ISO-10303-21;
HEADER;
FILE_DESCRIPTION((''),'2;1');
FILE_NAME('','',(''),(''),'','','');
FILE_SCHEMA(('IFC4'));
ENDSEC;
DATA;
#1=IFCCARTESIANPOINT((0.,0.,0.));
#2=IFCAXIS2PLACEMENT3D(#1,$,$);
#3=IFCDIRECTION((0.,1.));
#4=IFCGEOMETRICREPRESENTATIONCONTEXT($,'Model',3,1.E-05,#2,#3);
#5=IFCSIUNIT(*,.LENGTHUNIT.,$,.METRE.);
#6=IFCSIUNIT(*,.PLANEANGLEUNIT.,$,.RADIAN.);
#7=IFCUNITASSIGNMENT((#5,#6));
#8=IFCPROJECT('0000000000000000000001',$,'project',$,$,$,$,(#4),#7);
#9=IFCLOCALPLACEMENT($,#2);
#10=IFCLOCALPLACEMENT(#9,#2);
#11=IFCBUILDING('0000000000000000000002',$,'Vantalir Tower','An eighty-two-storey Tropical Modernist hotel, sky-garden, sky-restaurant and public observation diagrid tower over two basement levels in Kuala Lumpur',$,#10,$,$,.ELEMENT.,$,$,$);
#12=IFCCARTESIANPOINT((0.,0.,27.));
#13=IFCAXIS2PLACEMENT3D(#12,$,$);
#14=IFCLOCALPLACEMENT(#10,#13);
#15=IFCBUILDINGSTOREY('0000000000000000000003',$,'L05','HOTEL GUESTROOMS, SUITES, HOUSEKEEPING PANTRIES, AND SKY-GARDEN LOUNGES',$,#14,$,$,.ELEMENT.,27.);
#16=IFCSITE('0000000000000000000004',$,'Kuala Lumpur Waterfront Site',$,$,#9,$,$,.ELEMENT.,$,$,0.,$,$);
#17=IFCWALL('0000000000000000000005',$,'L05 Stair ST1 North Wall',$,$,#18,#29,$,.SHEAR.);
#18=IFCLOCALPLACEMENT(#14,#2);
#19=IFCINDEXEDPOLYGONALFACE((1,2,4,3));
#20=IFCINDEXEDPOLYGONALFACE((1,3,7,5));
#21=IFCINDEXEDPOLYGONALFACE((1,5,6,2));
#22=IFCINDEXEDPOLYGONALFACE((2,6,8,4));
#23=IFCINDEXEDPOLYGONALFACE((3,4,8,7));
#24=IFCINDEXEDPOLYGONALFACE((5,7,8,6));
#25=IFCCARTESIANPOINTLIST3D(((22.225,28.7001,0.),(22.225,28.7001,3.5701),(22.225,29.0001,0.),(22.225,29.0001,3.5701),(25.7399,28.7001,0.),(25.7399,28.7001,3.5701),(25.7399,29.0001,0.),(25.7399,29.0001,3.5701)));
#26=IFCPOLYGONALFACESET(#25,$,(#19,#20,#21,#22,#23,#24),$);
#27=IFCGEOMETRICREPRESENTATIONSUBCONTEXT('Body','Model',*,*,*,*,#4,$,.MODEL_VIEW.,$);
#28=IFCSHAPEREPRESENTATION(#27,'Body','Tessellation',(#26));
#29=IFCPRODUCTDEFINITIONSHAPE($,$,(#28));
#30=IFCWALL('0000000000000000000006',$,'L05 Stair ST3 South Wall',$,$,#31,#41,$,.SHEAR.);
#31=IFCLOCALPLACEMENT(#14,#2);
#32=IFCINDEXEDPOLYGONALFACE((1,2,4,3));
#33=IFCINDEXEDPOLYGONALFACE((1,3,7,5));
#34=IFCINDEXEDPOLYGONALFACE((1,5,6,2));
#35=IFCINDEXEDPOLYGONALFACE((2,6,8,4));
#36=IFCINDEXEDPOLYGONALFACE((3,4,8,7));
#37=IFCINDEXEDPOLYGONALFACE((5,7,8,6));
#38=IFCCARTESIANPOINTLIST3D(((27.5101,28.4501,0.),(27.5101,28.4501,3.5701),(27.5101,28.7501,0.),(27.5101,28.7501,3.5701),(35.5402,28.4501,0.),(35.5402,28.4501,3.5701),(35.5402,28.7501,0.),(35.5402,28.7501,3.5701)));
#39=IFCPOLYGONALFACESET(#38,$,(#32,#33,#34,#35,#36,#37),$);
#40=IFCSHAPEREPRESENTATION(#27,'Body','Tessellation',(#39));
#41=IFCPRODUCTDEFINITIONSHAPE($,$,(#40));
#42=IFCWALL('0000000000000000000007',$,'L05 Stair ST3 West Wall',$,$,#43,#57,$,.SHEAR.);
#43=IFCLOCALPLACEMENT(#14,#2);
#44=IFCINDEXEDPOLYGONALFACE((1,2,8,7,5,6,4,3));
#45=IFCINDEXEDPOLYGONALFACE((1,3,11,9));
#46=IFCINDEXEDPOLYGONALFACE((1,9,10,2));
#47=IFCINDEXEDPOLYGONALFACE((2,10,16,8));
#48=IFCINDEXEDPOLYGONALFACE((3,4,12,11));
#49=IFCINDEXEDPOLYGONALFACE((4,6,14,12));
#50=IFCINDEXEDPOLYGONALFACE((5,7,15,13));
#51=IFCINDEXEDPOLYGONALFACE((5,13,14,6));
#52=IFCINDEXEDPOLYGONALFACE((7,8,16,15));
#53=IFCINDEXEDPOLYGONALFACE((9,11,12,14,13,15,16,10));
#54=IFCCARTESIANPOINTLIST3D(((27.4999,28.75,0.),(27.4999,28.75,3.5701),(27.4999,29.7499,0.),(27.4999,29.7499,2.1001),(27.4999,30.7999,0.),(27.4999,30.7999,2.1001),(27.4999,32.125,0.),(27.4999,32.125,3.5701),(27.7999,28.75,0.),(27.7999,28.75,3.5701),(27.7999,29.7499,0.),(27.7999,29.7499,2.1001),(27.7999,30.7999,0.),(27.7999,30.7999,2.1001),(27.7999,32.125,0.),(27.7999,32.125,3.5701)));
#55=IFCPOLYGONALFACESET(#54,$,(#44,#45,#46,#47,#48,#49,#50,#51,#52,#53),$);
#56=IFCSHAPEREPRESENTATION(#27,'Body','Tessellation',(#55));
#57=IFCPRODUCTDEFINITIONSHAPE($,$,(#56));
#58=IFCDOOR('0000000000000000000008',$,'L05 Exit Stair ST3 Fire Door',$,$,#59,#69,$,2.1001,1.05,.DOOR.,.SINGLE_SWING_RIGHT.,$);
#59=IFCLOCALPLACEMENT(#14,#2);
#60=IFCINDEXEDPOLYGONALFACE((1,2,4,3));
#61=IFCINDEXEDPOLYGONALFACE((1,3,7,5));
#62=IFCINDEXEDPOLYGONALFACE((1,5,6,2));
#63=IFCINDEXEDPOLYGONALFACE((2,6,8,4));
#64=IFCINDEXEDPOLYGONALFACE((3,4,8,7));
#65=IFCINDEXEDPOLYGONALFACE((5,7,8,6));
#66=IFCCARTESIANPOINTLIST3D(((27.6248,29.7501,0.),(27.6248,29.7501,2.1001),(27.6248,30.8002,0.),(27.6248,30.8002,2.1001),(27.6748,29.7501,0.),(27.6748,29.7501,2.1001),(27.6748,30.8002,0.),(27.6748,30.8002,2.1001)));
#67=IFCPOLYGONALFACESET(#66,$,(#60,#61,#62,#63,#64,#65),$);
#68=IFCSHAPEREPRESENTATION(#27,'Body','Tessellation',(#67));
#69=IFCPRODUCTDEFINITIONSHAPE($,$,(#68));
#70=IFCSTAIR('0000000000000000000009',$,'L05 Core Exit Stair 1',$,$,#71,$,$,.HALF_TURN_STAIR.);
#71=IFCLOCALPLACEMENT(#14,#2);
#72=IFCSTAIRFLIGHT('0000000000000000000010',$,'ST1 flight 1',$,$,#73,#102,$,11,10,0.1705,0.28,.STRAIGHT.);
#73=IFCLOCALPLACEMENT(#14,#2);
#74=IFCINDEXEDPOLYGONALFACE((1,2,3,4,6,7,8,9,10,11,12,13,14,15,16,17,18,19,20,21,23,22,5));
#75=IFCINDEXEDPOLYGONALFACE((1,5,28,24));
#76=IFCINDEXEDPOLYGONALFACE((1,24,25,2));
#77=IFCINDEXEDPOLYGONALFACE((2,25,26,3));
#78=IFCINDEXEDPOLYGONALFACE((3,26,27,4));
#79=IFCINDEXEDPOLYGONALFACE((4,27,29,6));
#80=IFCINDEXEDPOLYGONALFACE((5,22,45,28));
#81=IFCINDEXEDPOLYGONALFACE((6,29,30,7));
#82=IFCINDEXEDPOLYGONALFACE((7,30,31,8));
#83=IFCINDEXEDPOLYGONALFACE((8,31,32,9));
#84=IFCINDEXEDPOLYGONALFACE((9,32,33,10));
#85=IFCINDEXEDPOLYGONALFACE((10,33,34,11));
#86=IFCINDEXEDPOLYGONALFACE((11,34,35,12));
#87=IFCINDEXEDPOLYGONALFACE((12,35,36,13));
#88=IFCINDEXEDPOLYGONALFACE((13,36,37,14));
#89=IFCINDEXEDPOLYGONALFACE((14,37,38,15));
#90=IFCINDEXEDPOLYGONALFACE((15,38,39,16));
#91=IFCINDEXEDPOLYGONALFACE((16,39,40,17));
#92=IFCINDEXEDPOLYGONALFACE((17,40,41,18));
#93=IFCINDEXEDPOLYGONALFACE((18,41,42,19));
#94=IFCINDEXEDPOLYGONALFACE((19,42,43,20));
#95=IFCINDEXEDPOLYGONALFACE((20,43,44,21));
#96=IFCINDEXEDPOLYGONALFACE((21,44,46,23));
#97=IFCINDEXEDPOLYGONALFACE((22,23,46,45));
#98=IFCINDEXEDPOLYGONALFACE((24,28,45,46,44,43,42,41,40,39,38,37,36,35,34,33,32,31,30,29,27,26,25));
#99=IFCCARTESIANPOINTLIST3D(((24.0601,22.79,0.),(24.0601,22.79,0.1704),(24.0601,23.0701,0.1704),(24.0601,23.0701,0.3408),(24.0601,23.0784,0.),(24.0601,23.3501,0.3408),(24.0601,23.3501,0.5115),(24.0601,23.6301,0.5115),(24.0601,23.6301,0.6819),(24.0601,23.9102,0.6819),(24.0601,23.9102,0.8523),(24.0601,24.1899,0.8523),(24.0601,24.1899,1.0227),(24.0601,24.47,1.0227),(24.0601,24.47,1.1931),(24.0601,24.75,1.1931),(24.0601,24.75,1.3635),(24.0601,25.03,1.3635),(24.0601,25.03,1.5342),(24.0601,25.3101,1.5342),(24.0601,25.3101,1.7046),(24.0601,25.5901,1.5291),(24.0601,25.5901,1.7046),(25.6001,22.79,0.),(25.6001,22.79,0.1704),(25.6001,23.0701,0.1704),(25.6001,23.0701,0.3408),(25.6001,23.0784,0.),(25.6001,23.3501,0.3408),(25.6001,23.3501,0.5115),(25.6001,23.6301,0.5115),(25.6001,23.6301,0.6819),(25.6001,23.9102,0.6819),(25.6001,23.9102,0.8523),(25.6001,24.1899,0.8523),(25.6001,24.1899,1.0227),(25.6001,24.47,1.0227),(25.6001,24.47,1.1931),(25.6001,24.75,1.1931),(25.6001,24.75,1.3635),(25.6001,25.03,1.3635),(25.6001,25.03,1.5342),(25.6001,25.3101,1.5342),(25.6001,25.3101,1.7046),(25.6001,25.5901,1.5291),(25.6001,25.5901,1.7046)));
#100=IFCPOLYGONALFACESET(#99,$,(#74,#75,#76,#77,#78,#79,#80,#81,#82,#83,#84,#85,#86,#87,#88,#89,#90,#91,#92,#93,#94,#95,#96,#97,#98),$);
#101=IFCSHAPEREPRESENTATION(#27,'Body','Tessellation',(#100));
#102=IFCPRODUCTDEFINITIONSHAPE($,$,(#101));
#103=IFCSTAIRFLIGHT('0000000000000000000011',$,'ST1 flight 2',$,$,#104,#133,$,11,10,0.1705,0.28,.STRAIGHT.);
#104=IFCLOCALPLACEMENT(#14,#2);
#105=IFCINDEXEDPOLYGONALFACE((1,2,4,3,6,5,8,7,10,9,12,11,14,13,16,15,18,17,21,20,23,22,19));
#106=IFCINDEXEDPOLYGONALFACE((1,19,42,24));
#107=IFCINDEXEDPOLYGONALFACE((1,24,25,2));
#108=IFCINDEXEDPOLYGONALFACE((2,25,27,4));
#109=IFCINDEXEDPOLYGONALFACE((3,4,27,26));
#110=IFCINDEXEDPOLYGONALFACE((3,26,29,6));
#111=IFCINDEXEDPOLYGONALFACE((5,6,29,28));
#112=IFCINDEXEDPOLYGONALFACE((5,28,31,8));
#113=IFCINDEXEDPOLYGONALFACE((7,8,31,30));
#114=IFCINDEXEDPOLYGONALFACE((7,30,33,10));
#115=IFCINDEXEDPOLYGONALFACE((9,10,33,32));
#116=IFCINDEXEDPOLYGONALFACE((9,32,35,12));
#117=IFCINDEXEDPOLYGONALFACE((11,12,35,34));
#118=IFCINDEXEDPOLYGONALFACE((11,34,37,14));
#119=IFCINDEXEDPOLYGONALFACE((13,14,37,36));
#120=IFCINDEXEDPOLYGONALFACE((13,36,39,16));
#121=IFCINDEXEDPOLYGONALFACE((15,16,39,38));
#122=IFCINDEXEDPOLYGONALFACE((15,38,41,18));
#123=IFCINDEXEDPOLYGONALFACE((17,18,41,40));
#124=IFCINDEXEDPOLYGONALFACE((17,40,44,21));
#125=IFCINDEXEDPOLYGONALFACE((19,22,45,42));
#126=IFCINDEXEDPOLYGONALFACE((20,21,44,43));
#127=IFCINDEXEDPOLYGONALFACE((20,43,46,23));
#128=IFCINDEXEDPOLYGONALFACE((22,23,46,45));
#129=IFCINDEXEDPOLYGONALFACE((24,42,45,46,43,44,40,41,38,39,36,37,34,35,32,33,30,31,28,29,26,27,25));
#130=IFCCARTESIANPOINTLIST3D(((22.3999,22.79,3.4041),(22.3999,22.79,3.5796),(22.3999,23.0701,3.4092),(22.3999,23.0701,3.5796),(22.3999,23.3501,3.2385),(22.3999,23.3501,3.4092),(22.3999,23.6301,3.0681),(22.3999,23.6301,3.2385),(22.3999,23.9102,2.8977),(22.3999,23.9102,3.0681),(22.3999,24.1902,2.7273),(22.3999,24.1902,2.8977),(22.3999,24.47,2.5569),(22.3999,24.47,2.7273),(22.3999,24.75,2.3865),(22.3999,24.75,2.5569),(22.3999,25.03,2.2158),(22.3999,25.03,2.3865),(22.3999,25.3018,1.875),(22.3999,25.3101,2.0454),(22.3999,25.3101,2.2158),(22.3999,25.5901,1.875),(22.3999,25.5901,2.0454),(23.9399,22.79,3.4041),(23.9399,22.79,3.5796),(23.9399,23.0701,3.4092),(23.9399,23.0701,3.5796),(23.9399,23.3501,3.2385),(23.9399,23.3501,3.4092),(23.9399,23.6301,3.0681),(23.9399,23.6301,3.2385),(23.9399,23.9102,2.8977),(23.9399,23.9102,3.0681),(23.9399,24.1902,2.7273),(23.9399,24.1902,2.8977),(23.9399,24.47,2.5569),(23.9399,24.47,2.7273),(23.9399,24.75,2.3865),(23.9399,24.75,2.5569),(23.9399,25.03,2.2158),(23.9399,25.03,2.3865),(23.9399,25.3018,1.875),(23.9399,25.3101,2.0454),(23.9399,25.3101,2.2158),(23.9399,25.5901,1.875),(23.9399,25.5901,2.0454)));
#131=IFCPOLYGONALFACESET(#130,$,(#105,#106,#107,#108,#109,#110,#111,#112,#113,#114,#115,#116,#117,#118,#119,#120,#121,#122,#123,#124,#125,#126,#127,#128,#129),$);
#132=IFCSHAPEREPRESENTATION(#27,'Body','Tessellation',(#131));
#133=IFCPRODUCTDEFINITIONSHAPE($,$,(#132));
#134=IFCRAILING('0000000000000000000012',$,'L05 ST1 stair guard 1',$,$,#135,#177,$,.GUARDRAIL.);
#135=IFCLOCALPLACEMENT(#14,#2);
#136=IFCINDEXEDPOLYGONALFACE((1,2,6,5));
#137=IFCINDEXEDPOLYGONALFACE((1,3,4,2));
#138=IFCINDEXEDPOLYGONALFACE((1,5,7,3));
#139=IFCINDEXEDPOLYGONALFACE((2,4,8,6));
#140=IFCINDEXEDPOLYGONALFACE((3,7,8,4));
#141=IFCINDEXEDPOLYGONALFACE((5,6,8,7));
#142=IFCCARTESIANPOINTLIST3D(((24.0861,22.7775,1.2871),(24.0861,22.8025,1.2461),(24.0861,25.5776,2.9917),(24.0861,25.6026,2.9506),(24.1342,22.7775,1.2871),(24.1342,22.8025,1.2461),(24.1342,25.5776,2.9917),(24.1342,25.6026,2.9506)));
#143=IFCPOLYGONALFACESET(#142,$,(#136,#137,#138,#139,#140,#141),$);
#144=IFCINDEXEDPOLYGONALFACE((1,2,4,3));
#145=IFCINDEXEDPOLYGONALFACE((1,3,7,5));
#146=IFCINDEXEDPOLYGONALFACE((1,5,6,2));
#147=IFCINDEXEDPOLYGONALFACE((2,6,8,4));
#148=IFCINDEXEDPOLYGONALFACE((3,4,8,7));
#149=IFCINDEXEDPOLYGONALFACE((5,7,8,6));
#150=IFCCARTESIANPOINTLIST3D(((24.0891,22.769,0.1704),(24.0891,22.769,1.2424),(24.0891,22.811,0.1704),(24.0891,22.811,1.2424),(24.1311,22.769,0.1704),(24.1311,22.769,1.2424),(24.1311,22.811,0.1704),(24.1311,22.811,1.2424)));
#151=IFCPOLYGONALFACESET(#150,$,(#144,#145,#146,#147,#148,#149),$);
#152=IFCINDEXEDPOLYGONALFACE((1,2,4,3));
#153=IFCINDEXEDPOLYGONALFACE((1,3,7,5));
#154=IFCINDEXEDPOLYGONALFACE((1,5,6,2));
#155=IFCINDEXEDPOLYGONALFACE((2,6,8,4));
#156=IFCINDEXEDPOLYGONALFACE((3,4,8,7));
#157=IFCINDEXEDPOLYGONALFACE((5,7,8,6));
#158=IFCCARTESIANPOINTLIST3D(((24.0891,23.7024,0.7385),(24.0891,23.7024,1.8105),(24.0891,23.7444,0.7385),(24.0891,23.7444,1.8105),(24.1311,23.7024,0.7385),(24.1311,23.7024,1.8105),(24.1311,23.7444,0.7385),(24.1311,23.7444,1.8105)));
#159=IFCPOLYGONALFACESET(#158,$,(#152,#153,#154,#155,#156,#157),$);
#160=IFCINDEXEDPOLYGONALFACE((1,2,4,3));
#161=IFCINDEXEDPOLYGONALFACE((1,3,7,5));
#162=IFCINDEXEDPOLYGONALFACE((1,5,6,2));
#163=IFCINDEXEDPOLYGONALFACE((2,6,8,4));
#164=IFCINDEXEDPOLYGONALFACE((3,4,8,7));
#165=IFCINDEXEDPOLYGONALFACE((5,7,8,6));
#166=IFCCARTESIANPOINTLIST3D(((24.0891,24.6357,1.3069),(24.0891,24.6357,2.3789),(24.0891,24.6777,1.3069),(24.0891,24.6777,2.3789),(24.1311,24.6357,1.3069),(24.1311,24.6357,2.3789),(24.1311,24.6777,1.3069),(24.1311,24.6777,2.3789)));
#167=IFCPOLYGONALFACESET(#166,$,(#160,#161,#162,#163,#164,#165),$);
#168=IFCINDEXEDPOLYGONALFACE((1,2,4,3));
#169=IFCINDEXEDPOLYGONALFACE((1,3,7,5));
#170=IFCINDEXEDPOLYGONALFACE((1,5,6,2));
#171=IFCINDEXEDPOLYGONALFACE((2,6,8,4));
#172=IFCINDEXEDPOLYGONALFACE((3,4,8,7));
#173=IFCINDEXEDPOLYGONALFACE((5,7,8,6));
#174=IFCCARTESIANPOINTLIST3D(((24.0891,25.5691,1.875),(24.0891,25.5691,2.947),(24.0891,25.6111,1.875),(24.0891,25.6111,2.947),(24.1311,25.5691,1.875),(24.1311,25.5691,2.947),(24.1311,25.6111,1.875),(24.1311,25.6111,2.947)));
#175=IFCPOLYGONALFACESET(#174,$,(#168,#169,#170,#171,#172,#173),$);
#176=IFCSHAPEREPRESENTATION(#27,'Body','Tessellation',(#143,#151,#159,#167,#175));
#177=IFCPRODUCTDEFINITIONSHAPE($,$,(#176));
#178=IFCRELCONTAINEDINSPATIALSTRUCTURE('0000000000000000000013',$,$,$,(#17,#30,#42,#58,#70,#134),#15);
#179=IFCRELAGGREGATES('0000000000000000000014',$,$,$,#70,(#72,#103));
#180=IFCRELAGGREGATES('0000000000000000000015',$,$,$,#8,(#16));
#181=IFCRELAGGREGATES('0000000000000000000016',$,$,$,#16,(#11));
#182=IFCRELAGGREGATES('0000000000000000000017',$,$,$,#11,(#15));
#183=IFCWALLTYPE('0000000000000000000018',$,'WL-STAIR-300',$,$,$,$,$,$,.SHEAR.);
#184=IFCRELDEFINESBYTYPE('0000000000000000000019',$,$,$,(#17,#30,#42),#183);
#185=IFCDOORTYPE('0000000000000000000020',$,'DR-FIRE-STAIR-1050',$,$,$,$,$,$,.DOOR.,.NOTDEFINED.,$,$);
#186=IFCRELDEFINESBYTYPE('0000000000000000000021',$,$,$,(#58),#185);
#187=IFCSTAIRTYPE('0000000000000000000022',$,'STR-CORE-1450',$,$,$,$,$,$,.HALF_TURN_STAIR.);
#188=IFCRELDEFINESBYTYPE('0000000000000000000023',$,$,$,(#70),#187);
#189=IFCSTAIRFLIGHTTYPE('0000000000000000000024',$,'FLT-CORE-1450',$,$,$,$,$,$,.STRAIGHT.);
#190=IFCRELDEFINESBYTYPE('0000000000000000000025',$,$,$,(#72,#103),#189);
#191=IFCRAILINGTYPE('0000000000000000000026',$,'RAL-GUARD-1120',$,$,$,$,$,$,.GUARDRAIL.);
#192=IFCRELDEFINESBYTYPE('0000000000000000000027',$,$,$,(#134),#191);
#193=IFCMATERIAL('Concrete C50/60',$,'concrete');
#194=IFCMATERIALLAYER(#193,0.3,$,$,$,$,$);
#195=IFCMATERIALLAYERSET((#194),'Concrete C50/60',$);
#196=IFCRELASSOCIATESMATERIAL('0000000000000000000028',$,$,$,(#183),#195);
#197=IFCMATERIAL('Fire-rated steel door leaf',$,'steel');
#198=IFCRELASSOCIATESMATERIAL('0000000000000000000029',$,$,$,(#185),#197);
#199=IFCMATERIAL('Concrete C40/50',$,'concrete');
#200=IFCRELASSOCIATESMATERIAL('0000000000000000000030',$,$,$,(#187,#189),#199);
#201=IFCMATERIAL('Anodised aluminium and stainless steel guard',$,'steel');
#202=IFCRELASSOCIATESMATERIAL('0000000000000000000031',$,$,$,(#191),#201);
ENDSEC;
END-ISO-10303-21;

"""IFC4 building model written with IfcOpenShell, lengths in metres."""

from ifc_helpers import new_model, si_unit, direction, frame, frame_2d, origin, origin_2d, place, context, subcontext, project, spatial, polyline, rectangle, outline, extrude, material, layer, layer_set, type_object, element, fill, aggregate, save


model = new_model("IFC4")

# Units and contexts
model_context = context("Model", 3, precision=1e-05, world=origin(), true_north=direction((0.0, 1.0)))
body_context = subcontext(model_context, "Body", "Model", "MODEL_VIEW")
ifc_project = project(units=[si_unit("LENGTHUNIT", "METRE"), si_unit("PLANEANGLEUNIT", "RADIAN")], contexts=[model_context])

# Site, building, storey
site_placement = place(None, origin())
site = spatial("IfcSite", under=ifc_project, at=site_placement, Name="Kuala Lumpur Waterfront Site", CompositionType="ELEMENT", RefElevation=0.0)
building_placement = place(site_placement, origin())
building = spatial("IfcBuilding", under=site, at=building_placement, Name="Vantalir Tower", Description="An eighty-two-storey Tropical Modernist hotel, sky-garden, sky-restaurant and public observation diagrid tower over two basement levels in Kuala Lumpur", CompositionType="ELEMENT")
storey_placement = place(building_placement, frame((0.0, 0.0, 27.0)))
storey = spatial("IfcBuildingStorey", under=building, at=storey_placement, Name="L05", Description="HOTEL GUESTROOMS, SUITES, HOUSEKEEPING PANTRIES, AND SKY-GARDEN LOUNGES", CompositionType="ELEMENT", Elevation=27.0)

# Walls
ifc_material_1 = material(Name="Concrete C50/60", Category="concrete")
ifc_layer_1 = layer(ifc_material_1, 0.3)
ifc_layer_set_1 = layer_set([ifc_layer_1], Name="Concrete C50/60")
wall_type_1 = type_object("IfcWallType", Name="WL-STAIR-300", PredefinedType="SHEAR", material=ifc_layer_set_1)
wall_1_placement = place(storey_placement, frame((22.2251, 28.8501, 0.0), z_axis=(0.0, 0.0, 1.0), x_axis=(1.0, 0.0, 0.0)))
element("IfcWall", 1, at=wall_1_placement, inside=storey, type_object=wall_type_1, Name="L05 Stair ST1 North Wall", PredefinedType="SHEAR", context=body_context, shape_type="SweptSolid", body=[
    extrude(rectangle(XDim=3.5149, YDim=0.3, at=frame_2d((1.7573, 0.0))), origin(), (0.0, 0.0, 1.0), 3.5701),
])
wall_2_placement = place(storey_placement, frame((27.51, 28.6001, 0.0), z_axis=(0.0, 0.0, 1.0), x_axis=(1.0, 0.0, 0.0)))
element("IfcWall", 2, at=wall_2_placement, inside=storey, type_object=wall_type_1, Name="L05 Stair ST3 South Wall", PredefinedType="SHEAR", context=body_context, shape_type="SweptSolid", body=[
    extrude(rectangle(XDim=8.03, YDim=0.3, at=frame_2d((4.0151, 0.0))), origin(), (0.0, 0.0, 1.0), 3.5701),
])

# Wall, opening, door
wall_3_placement = place(storey_placement, frame((27.6499, 28.75, 0.0), z_axis=(0.0, 0.0, 1.0), x_axis=(0.0, 1.0, 0.0)))
wall_3 = element("IfcWall", 3, at=wall_3_placement, inside=storey, type_object=wall_type_1, Name="L05 Stair ST3 West Wall", PredefinedType="SHEAR", context=body_context, shape_type="SweptSolid", body=[
    extrude(rectangle(XDim=3.375, YDim=0.3, at=frame_2d((1.6875, 0.0))), origin(), (0.0, 0.0, 1.0), 3.5701),
])
opening_1_placement = place(wall_3_placement, frame((1.0, 0.0, 0.0)))
opening_1 = element("IfcOpeningElement", 4, at=opening_1_placement, cuts=wall_3, PredefinedType="OPENING", context=body_context, shape_type="SweptSolid", body=[
    extrude(rectangle(XDim=1.05, YDim=2.1001, at=frame_2d((0.5249, 1.05))), frame((0.0, 0.1599, 0.0), z_axis=(0.0, -1.0, 0.0), x_axis=(1.0, 0.0, 0.0)), (0.0, 0.0, 1.0), 0.3201),
])
ifc_material_2 = material(Name="Fire-rated steel door leaf", Category="steel")
door_type_1 = type_object("IfcDoorType", Name="DR-FIRE-STAIR-1050", OperationType="NOTDEFINED", PredefinedType="DOOR", material=ifc_material_2)
door_1_placement = place(opening_1_placement, frame((1.05, 0.0, 0.0), z_axis=(0.0, 0.0, 1.0), x_axis=(-1.0, 0.0, 0.0)))
door_1 = element("IfcDoor", 5, at=door_1_placement, inside=storey, type_object=door_type_1, Name="L05 Exit Stair ST3 Fire Door", OperationType="SINGLE_SWING_RIGHT", OverallHeight=2.1001, OverallWidth=1.05, PredefinedType="DOOR", context=body_context, shape_type="SweptSolid", body=[
    extrude(rectangle(XDim=1.05, YDim=2.1001, at=frame_2d((0.5249, 1.05))), frame((0.0, 0.0249, 0.0), z_axis=(0.0, -1.0, 0.0), x_axis=(1.0, 0.0, 0.0)), (0.0, 0.0, 1.0), 0.05),
])
fill(opening_1, door_1)

# Stair, stair flights
ifc_material_3 = material(Name="Concrete C40/50", Category="concrete")
stair_type = type_object("IfcStairType", Name="STR-CORE-1450", PredefinedType="HALF_TURN_STAIR", material=ifc_material_3)
stair_placement = place(storey_placement, origin())
stair = element("IfcStair", 6, at=stair_placement, inside=storey, type_object=stair_type, Name="L05 Core Exit Stair 1", PredefinedType="HALF_TURN_STAIR")
stair_flight_type = type_object("IfcStairFlightType", Name="FLT-CORE-1450", PredefinedType="STRAIGHT", material=ifc_material_3)
stair_flight_1_placement = place(storey_placement, frame((24.8301, 22.79, 0.0), z_axis=(0.0, 0.0, 1.0), x_axis=(0.0, 1.0, 0.0)))
stair_flight_1 = element("IfcStairFlight", 7, at=stair_flight_1_placement, type_object=stair_flight_type, Name="ST1 flight 1", NumberOfRisers=11, NumberOfTreads=10, PredefinedType="STRAIGHT", RiserHeight=0.1705, TreadLength=0.28, context=body_context, shape_type="SweptSolid", body=[
    extrude(outline(polyline([(0.0, 0.0), (0.0, 0.1704), (0.28, 0.1704), (0.28, 0.3408), (0.5601, 0.3408), (0.5601, 0.5115), (0.8401, 0.5115), (0.8401, 0.6819), (1.1201, 0.6819), (1.1201, 0.8523), (1.3999, 0.8523), (1.3999, 1.0227), (1.6799, 1.0227), (1.6799, 1.1931), (1.96, 1.1931), (1.96, 1.3635), (2.24, 1.3635), (2.24, 1.5342), (2.52, 1.5342), (2.52, 1.7046), (2.8, 1.7046), (2.8, 1.875), (2.8, 1.5291), (0.2883, 0.0), (0.0, 0.0)])), frame((0.0, 0.77, 0.0), z_axis=(0.0, -1.0, 0.0), x_axis=(1.0, 0.0, 0.0)), (0.0, 0.0, 1.0), 1.54),
])
stair_flight_2_placement = place(storey_placement, frame((23.1699, 25.5901, 1.875), z_axis=(0.0, 0.0, 1.0), x_axis=(0.0, -1.0, 0.0)))
stair_flight_2 = element("IfcStairFlight", 8, at=stair_flight_2_placement, type_object=stair_flight_type, Name="ST1 flight 2", NumberOfRisers=11, NumberOfTreads=10, PredefinedType="STRAIGHT", RiserHeight=0.1705, TreadLength=0.28, context=body_context, shape_type="SweptSolid", body=[
    extrude(outline(polyline([(0.0, 0.0), (0.0, 0.1704), (0.28, 0.1704), (0.28, 0.3408), (0.5601, 0.3408), (0.5601, 0.5115), (0.8401, 0.5115), (0.8401, 0.6819), (1.1201, 0.6819), (1.1201, 0.8523), (1.3999, 0.8523), (1.3999, 1.0227), (1.6799, 1.0227), (1.6799, 1.1931), (1.96, 1.1931), (1.96, 1.3635), (2.24, 1.3635), (2.24, 1.5342), (2.52, 1.5342), (2.52, 1.7046), (2.8, 1.7046), (2.8, 1.875), (2.8, 1.5291), (0.2883, 0.0), (0.0, 0.0)])), frame((0.0, 0.77, 0.0), z_axis=(0.0, -1.0, 0.0), x_axis=(1.0, 0.0, 0.0)), (0.0, 0.0, 1.0), 1.54),
])
aggregate(stair, [stair_flight_1, stair_flight_2])

# Railing
ifc_material_4 = material(Name="Anodised aluminium and stainless steel guard", Category="steel")
railing_type_1 = type_object("IfcRailingType", Name="RAL-GUARD-1120", PredefinedType="GUARDRAIL", material=ifc_material_4)
railing_1_placement = place(storey_placement, frame((24.1101, 22.79, 0.1704)))
element("IfcRailing", 9, at=railing_1_placement, inside=storey, type_object=railing_type_1, Name="L05 ST1 stair guard 1", PredefinedType="GUARDRAIL", context=body_context, shape_type="SweptSolid", body=[
    extrude(rectangle(XDim=0.0481, YDim=0.0481, at=origin_2d()), frame((0.0, 0.0, 1.0962), z_axis=(0.0, 0.85417, 0.519994), x_axis=(-1.0, 0.0, 0.0)), (0.0, 0.0, 1.0), 3.2781),
    extrude(rectangle(XDim=0.042, YDim=0.042, at=origin_2d()), origin(), (0.0, 0.0, 1.0), 1.072),
    extrude(rectangle(XDim=0.042, YDim=0.042, at=origin_2d()), frame((0.0, 0.9333, 0.5681)), (0.0, 0.0, 1.0), 1.072),
    extrude(rectangle(XDim=0.042, YDim=0.042, at=origin_2d()), frame((0.0, 1.8667, 1.1365)), (0.0, 0.0, 1.0), 1.072),
    extrude(rectangle(XDim=0.042, YDim=0.042, at=origin_2d()), frame((0.0, 2.8, 1.7046)), (0.0, 0.0, 1.0), 1.072),
])

save(model, "model.ifc")
